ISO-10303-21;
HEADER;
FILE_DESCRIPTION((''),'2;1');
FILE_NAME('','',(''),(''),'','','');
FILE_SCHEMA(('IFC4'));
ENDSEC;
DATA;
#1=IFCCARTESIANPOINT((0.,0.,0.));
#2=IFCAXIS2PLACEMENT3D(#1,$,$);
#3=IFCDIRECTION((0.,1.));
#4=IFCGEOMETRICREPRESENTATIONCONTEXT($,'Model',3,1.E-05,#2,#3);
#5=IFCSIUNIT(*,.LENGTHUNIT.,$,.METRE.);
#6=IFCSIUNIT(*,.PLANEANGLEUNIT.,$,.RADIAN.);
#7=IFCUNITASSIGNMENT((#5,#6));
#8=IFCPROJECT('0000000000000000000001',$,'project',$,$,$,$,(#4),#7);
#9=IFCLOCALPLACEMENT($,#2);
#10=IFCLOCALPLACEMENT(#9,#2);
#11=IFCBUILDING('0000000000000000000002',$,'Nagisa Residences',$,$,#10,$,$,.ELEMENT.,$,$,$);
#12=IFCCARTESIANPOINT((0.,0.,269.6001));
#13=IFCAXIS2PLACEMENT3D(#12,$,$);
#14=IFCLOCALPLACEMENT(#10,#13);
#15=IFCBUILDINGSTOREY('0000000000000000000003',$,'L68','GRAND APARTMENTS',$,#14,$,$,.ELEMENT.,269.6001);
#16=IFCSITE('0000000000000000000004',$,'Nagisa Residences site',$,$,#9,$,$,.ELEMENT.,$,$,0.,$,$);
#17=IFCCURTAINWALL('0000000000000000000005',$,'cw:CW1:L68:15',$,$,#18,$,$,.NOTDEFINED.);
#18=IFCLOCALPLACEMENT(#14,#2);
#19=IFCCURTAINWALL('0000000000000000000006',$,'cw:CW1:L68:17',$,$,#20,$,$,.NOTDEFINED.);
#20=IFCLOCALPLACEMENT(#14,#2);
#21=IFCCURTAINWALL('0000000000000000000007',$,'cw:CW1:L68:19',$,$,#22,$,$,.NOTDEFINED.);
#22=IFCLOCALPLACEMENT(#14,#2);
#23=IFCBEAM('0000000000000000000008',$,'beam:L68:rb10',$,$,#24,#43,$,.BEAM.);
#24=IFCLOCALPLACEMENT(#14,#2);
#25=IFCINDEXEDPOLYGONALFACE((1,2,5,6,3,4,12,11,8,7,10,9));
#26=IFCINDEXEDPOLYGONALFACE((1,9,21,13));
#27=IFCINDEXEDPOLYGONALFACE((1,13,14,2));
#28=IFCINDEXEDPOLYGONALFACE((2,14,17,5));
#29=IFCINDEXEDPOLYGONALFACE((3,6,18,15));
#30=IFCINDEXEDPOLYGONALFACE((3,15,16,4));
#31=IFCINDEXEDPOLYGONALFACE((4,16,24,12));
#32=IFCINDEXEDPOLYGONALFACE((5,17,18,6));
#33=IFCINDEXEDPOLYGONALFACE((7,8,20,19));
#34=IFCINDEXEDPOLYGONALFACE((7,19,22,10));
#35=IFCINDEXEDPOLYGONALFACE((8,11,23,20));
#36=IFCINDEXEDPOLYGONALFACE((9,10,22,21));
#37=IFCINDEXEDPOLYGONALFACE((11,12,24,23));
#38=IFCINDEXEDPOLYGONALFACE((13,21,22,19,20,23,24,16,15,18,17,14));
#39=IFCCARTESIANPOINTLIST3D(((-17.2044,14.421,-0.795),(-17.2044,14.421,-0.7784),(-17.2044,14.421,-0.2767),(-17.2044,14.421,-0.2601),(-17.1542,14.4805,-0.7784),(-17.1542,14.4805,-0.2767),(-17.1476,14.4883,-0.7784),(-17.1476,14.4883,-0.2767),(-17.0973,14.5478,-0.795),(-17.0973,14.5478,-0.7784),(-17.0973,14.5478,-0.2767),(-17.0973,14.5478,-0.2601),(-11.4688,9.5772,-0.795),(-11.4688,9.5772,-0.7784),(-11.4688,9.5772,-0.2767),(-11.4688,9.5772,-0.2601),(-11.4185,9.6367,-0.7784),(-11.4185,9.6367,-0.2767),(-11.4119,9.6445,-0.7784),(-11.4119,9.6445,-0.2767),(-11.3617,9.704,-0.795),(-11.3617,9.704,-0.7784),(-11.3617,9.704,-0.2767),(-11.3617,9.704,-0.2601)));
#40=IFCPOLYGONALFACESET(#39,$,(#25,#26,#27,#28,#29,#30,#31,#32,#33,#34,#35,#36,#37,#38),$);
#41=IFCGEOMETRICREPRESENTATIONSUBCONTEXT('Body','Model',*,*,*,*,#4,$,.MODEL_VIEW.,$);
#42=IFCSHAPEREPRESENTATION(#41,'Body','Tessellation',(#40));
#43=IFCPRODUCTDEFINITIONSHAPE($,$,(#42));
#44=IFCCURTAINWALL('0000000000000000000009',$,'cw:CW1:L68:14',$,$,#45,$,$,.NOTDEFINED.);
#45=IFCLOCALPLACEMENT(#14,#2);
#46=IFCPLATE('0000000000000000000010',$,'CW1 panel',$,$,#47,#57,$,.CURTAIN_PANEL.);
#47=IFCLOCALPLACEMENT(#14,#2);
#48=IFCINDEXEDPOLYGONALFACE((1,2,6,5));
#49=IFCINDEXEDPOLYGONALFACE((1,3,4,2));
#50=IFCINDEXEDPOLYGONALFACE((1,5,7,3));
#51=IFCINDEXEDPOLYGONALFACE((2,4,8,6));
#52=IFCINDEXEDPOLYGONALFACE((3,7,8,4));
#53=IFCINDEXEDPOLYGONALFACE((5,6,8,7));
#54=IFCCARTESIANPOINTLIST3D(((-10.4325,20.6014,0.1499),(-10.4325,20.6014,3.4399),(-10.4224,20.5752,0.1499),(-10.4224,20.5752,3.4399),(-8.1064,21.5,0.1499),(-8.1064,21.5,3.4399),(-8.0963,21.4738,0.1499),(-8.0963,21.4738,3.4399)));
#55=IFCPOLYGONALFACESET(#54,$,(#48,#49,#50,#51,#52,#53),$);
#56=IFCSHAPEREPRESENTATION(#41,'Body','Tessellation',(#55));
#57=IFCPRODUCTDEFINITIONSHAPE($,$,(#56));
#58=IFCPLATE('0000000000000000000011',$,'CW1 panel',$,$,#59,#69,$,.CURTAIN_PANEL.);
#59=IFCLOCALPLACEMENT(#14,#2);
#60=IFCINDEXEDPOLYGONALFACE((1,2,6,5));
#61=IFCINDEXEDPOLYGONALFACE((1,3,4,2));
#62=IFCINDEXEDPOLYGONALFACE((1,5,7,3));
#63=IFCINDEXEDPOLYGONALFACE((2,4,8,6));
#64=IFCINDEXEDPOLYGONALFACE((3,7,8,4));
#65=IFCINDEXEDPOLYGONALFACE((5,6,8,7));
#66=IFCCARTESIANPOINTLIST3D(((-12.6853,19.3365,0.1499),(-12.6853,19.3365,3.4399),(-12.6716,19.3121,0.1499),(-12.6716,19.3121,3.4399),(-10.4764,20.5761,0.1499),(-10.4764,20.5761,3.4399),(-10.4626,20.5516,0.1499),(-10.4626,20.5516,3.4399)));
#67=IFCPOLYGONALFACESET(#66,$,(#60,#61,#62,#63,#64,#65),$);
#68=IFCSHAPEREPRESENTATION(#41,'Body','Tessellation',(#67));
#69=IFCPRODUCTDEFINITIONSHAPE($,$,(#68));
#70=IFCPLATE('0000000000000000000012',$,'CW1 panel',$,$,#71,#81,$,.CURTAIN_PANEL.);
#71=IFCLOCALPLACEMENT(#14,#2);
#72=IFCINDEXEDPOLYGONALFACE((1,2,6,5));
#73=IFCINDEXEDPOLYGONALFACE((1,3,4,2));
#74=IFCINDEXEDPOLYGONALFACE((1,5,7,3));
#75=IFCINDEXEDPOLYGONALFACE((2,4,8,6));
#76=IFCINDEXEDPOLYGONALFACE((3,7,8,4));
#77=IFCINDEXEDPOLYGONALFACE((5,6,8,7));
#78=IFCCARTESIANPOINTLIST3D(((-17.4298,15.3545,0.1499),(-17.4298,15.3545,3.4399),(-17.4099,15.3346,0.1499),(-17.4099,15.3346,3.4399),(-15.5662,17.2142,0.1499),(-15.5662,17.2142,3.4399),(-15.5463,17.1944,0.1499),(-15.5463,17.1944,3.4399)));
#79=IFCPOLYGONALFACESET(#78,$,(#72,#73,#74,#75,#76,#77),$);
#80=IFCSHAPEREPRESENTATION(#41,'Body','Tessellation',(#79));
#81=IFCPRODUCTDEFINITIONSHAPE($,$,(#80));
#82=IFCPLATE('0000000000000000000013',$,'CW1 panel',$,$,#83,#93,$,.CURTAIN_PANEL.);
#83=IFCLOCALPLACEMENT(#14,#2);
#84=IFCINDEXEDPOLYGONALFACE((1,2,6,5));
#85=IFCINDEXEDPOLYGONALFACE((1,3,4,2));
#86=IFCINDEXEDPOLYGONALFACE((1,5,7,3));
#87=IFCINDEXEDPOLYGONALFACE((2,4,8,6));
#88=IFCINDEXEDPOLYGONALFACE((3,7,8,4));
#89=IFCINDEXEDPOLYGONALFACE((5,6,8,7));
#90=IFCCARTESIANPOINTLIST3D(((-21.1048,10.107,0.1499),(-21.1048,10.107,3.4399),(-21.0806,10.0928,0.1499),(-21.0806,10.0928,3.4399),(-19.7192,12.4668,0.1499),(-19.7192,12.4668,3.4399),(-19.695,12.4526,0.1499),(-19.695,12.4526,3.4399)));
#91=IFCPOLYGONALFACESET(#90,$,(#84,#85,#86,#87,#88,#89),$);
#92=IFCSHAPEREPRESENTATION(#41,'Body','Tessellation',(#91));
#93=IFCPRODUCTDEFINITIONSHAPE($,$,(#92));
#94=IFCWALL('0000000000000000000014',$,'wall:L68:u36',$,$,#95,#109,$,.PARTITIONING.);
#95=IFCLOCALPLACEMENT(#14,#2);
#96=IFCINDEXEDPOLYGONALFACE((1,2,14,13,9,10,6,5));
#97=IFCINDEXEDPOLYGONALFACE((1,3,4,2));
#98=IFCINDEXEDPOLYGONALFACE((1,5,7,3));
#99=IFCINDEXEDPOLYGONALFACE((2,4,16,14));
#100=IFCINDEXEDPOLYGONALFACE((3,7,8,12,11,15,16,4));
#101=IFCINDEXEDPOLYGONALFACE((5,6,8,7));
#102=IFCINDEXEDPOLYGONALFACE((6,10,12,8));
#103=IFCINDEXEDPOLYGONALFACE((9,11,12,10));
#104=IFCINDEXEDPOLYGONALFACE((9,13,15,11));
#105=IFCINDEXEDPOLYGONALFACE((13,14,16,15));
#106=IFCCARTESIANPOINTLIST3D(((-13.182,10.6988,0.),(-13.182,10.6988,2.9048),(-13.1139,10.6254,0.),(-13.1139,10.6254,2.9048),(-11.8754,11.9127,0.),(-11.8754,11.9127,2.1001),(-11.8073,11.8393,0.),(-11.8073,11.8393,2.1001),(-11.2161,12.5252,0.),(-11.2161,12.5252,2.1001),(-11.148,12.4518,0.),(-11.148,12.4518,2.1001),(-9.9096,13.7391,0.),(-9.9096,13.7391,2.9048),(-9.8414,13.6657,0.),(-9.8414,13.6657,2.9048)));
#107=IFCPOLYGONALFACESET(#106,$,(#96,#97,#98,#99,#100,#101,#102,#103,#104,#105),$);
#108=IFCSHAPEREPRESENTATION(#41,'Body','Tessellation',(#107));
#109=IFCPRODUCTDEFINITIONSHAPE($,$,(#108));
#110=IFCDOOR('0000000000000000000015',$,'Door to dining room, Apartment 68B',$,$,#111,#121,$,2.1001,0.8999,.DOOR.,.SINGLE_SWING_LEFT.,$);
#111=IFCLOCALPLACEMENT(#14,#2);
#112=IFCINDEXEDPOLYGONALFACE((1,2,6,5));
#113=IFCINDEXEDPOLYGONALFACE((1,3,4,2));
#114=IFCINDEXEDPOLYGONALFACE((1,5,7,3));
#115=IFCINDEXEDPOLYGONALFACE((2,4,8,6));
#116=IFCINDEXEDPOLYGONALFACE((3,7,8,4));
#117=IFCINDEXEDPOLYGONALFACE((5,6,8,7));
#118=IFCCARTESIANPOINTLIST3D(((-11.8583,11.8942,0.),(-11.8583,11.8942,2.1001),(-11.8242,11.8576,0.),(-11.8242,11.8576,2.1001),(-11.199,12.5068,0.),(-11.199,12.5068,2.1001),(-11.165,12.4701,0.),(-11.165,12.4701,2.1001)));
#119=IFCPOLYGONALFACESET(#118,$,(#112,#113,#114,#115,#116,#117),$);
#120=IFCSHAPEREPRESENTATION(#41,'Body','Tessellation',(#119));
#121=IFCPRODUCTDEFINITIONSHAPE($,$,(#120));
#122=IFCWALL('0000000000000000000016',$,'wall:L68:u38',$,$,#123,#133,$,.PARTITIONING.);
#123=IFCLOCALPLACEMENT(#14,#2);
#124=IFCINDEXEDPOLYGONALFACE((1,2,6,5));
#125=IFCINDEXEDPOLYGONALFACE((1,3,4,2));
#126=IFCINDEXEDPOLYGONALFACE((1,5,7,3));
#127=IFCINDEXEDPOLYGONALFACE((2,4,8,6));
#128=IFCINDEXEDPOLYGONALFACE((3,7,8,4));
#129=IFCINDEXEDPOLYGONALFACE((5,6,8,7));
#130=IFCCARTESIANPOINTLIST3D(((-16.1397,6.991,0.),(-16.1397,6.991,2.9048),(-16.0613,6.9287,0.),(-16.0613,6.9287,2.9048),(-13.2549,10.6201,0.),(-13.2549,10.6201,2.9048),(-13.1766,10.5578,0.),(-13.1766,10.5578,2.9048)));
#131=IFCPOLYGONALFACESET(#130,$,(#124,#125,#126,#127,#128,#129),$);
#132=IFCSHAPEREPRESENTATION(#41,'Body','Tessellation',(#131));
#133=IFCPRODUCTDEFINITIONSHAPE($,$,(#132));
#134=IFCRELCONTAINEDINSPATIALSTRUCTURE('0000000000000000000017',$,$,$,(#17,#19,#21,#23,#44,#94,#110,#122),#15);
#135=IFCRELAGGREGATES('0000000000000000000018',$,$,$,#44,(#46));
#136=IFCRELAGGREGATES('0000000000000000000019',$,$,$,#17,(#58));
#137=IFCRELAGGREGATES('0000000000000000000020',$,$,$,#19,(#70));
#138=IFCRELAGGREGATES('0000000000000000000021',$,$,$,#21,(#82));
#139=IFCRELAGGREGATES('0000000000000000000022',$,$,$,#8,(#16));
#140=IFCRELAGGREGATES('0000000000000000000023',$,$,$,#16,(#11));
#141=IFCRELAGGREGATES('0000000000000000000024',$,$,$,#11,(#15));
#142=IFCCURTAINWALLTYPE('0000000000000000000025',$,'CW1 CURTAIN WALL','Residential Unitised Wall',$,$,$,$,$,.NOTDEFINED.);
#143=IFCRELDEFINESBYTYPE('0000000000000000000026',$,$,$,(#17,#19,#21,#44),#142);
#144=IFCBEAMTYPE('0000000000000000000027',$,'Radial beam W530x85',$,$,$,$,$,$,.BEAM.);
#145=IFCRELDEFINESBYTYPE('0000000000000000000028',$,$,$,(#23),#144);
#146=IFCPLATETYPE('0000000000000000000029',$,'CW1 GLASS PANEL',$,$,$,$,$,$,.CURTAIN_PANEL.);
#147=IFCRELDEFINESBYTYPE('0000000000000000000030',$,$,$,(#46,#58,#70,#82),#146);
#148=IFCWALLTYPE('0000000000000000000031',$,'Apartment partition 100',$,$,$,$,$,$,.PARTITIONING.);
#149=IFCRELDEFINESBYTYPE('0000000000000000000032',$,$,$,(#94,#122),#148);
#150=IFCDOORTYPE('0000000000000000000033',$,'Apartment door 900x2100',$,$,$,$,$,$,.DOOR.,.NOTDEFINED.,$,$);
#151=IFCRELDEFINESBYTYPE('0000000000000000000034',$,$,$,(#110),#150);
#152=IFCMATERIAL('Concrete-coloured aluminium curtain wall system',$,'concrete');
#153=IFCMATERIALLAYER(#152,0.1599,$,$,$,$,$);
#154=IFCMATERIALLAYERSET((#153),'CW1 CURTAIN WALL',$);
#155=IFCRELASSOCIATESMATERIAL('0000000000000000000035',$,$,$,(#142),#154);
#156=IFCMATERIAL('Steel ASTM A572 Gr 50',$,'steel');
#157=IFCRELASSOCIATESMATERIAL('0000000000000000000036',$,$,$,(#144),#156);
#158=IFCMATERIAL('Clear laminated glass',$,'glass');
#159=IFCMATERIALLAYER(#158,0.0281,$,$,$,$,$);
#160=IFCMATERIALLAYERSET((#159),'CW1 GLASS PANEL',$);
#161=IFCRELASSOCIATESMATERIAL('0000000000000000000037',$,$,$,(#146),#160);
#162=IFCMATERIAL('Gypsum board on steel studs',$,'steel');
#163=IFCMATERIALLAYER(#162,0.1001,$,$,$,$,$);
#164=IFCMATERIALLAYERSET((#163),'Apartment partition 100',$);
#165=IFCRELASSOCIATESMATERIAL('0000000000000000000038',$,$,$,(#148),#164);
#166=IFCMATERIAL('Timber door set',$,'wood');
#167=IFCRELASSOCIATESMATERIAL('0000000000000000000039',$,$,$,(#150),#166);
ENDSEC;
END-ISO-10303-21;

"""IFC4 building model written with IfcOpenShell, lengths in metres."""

from ifc_helpers import new_model, si_unit, direction, frame, frame_2d, origin, origin_2d, place, context, subcontext, project, spatial, rectangle, i_section, extrude, material, layer, layer_set, material_profile, profile_set, type_object, element, fill, aggregate, save


model = new_model("IFC4")

# Units and contexts
model_context = context("Model", 3, precision=1e-05, world=origin(), true_north=direction((0.0, 1.0)))
body_context = subcontext(model_context, "Body", "Model", "MODEL_VIEW")
ifc_project = project(units=[si_unit("LENGTHUNIT", "METRE"), si_unit("PLANEANGLEUNIT", "RADIAN")], contexts=[model_context])

# Site, building, storey
site_placement = place(None, origin())
site = spatial("IfcSite", under=ifc_project, at=site_placement, Name="Nagisa Residences site", CompositionType="ELEMENT", RefElevation=0.0)
building_placement = place(site_placement, origin())
building = spatial("IfcBuilding", under=site, at=building_placement, Name="Nagisa Residences", CompositionType="ELEMENT")
storey_placement = place(building_placement, frame((0.0, 0.0, 269.6001)))
storey = spatial("IfcBuildingStorey", under=building, at=storey_placement, Name="L68", Description="GRAND APARTMENTS", CompositionType="ELEMENT", Elevation=269.6001)

# Curtain walls
ifc_material_1 = material(Name="Concrete-coloured aluminium curtain wall system", Category="concrete")
ifc_layer_1 = layer(ifc_material_1, 0.1599)
ifc_layer_set_1 = layer_set([ifc_layer_1], Name="CW1 CURTAIN WALL")
curtain_wall_type = type_object("IfcCurtainWallType", Name="CW1 CURTAIN WALL", Description="Residential Unitised Wall", PredefinedType="NOTDEFINED", material=ifc_layer_set_1)
curtain_wall_1_placement = place(storey_placement, origin())
curtain_wall_1 = element("IfcCurtainWall", 1, at=curtain_wall_1_placement, inside=storey, type_object=curtain_wall_type, Name="cw:CW1:L68:15", PredefinedType="NOTDEFINED")
curtain_wall_2_placement = place(storey_placement, origin())
curtain_wall_2 = element("IfcCurtainWall", 2, at=curtain_wall_2_placement, inside=storey, type_object=curtain_wall_type, Name="cw:CW1:L68:17", PredefinedType="NOTDEFINED")
curtain_wall_3_placement = place(storey_placement, origin())
curtain_wall_3 = element("IfcCurtainWall", 3, at=curtain_wall_3_placement, inside=storey, type_object=curtain_wall_type, Name="cw:CW1:L68:19", PredefinedType="NOTDEFINED")

# Beam
ifc_material_2 = material(Name="Steel ASTM A572 Gr 50", Category="steel")
ifc_material_profile_1 = material_profile(ifc_material_2, i_section(OverallWidth=0.166, OverallDepth=0.5349, WebThickness=0.0103, FlangeThickness=0.0166, at=origin_2d()), Name="W530x85")
ifc_profile_set_1 = profile_set([ifc_material_profile_1], Name="Steel ASTM A572 Gr 50")
beam_type_1 = type_object("IfcBeamType", Name="Radial beam W530x85", PredefinedType="BEAM", material=ifc_profile_set_1)
beam_1_placement = place(storey_placement, frame((-17.1509, 14.4844, -0.5276), z_axis=(0.764006, -0.645209, 0.0), x_axis=(0.645209, 0.764006, 0.0)))
element("IfcBeam", 4, at=beam_1_placement, inside=storey, type_object=beam_type_1, Name="beam:L68:rb10", PredefinedType="BEAM", context=body_context, shape_type="SweptSolid", body=[
    extrude(i_section(OverallWidth=0.166, OverallDepth=0.5349, WebThickness=0.0103, FlangeThickness=0.0166, at=origin_2d()), origin(), (0.0, 0.0, 1.0), 7.5073),
])

# Curtain wall, plate
curtain_wall_4_placement = place(storey_placement, origin())
curtain_wall_4 = element("IfcCurtainWall", 5, at=curtain_wall_4_placement, inside=storey, type_object=curtain_wall_type, Name="cw:CW1:L68:14", PredefinedType="NOTDEFINED")
ifc_material_3 = material(Name="Clear laminated glass", Category="glass")
ifc_layer_2 = layer(ifc_material_3, 0.0281)
ifc_layer_set_2 = layer_set([ifc_layer_2], Name="CW1 GLASS PANEL")
plate_type = type_object("IfcPlateType", Name="CW1 GLASS PANEL", PredefinedType="CURTAIN_PANEL", material=ifc_layer_set_2)
plate_1_placement = place(storey_placement, frame((-9.2644, 21.0376, 0.1499), z_axis=(0.0, 0.0, 1.0), x_axis=(-0.932826, -0.360328, 0.0)))
plate_1 = element("IfcPlate", 6, at=plate_1_placement, type_object=plate_type, Name="CW1 panel", PredefinedType="CURTAIN_PANEL", context=body_context, shape_type="SweptSolid", body=[
    extrude(rectangle(XDim=2.4937, YDim=0.0281, at=origin_2d()), origin(), (0.0, 0.0, 1.0), 3.29),
])
aggregate(curtain_wall_4, [plate_1])

# Plates
plate_2_placement = place(storey_placement, frame((-11.574, 19.9441, 0.1499), z_axis=(0.0, 0.0, 1.0), x_axis=(-0.872072, -0.489377, 0.0)))
plate_2 = element("IfcPlate", 7, at=plate_2_placement, type_object=plate_type, Name="CW1 panel", PredefinedType="CURTAIN_PANEL", context=body_context, shape_type="SweptSolid", body=[
    extrude(rectangle(XDim=2.533, YDim=0.0281, at=origin_2d()), origin(), (0.0, 0.0, 1.0), 3.29),
])
aggregate(curtain_wall_1, [plate_2])
plate_3_placement = place(storey_placement, frame((-16.488, 16.2744, 0.1499), z_axis=(0.0, 0.0, 1.0), x_axis=(-0.707836, -0.706377, 0.0)))
plate_3 = element("IfcPlate", 8, at=plate_3_placement, type_object=plate_type, Name="CW1 panel", PredefinedType="CURTAIN_PANEL", context=body_context, shape_type="SweptSolid", body=[
    extrude(rectangle(XDim=2.6328, YDim=0.0281, at=origin_2d()), origin(), (0.0, 0.0, 1.0), 3.29),
])
aggregate(curtain_wall_2, [plate_3])
plate_4_placement = place(storey_placement, frame((-20.3999, 11.2798, 0.1499), z_axis=(0.0, 0.0, 1.0), x_axis=(-0.506349, -0.862329, 0.0)))
plate_4 = element("IfcPlate", 9, at=plate_4_placement, type_object=plate_type, Name="CW1 panel", PredefinedType="CURTAIN_PANEL", context=body_context, shape_type="SweptSolid", body=[
    extrude(rectangle(XDim=2.7366, YDim=0.0281, at=origin_2d()), origin(), (0.0, 0.0, 1.0), 3.29),
])
aggregate(curtain_wall_3, [plate_4])

# Wall, opening, door
ifc_material_4 = material(Name="Gypsum board on steel studs", Category="steel")
ifc_layer_3 = layer(ifc_material_4, 0.1001)
ifc_layer_set_3 = layer_set([ifc_layer_3], Name="Apartment partition 100")
wall_type_1 = type_object("IfcWallType", Name="Apartment partition 100", PredefinedType="PARTITIONING", material=ifc_layer_set_3)
wall_1_placement = place(storey_placement, frame((-9.8755, 13.7024, 0.0), z_axis=(0.0, 0.0, 1.0), x_axis=(-0.732618, -0.68064, 0.0)))
wall_1 = element("IfcWall", 10, at=wall_1_placement, inside=storey, type_object=wall_type_1, Name="wall:L68:u36", PredefinedType="PARTITIONING", context=body_context, shape_type="SweptSolid", body=[
    extrude(rectangle(XDim=4.4668, YDim=0.1001, at=frame_2d((2.2334, 0.0))), origin(), (0.0, 0.0, 1.0), 2.9048),
])
opening_1_placement = place(wall_1_placement, frame((1.7834, 0.0, 0.0)))
opening_1 = element("IfcOpeningElement", 11, at=opening_1_placement, cuts=wall_1, PredefinedType="OPENING", context=body_context, shape_type="SweptSolid", body=[
    extrude(rectangle(XDim=0.8999, YDim=2.1001, at=frame_2d((0.45, 1.05))), frame((0.0, 0.0601, 0.0), z_axis=(0.0, -1.0, 0.0), x_axis=(1.0, 0.0, 0.0)), (0.0, 0.0, 1.0), 0.1201),
])
ifc_material_5 = material(Name="Timber door set", Category="wood")
door_type_1 = type_object("IfcDoorType", Name="Apartment door 900x2100", OperationType="NOTDEFINED", PredefinedType="DOOR", material=ifc_material_5)
door_1_placement = place(opening_1_placement, frame((0.8999, 0.0, 0.0), x_axis=(-1.0, 0.0, 0.0)))
door_1 = element("IfcDoor", 12, at=door_1_placement, inside=storey, type_object=door_type_1, Name="Door to dining room, Apartment 68B", OperationType="SINGLE_SWING_LEFT", OverallHeight=2.1001, OverallWidth=0.8999, PredefinedType="DOOR", context=body_context, shape_type="SweptSolid", body=[
    extrude(rectangle(XDim=0.8999, YDim=2.1001, at=frame_2d((0.45, 1.05))), frame((0.0, 0.0249, 0.0), z_axis=(0.0, -1.0, 0.0), x_axis=(1.0, 0.0, 0.0)), (0.0, 0.0, 1.0), 0.05),
])
fill(opening_1, door_1)

# Wall
wall_2_placement = place(storey_placement, frame((-13.2158, 10.5889, 0.0), z_axis=(0.0, 0.0, 1.0), x_axis=(-0.622252, -0.782817, 0.0)))
element("IfcWall", 13, at=wall_2_placement, inside=storey, type_object=wall_type_1, Name="wall:L68:u38", PredefinedType="PARTITIONING", context=body_context, shape_type="SweptSolid", body=[
    extrude(rectangle(XDim=4.636, YDim=0.1001, at=frame_2d((2.3179, 0.0))), origin(), (0.0, 0.0, 1.0), 2.9048),
])

save(model, "model.ifc")
